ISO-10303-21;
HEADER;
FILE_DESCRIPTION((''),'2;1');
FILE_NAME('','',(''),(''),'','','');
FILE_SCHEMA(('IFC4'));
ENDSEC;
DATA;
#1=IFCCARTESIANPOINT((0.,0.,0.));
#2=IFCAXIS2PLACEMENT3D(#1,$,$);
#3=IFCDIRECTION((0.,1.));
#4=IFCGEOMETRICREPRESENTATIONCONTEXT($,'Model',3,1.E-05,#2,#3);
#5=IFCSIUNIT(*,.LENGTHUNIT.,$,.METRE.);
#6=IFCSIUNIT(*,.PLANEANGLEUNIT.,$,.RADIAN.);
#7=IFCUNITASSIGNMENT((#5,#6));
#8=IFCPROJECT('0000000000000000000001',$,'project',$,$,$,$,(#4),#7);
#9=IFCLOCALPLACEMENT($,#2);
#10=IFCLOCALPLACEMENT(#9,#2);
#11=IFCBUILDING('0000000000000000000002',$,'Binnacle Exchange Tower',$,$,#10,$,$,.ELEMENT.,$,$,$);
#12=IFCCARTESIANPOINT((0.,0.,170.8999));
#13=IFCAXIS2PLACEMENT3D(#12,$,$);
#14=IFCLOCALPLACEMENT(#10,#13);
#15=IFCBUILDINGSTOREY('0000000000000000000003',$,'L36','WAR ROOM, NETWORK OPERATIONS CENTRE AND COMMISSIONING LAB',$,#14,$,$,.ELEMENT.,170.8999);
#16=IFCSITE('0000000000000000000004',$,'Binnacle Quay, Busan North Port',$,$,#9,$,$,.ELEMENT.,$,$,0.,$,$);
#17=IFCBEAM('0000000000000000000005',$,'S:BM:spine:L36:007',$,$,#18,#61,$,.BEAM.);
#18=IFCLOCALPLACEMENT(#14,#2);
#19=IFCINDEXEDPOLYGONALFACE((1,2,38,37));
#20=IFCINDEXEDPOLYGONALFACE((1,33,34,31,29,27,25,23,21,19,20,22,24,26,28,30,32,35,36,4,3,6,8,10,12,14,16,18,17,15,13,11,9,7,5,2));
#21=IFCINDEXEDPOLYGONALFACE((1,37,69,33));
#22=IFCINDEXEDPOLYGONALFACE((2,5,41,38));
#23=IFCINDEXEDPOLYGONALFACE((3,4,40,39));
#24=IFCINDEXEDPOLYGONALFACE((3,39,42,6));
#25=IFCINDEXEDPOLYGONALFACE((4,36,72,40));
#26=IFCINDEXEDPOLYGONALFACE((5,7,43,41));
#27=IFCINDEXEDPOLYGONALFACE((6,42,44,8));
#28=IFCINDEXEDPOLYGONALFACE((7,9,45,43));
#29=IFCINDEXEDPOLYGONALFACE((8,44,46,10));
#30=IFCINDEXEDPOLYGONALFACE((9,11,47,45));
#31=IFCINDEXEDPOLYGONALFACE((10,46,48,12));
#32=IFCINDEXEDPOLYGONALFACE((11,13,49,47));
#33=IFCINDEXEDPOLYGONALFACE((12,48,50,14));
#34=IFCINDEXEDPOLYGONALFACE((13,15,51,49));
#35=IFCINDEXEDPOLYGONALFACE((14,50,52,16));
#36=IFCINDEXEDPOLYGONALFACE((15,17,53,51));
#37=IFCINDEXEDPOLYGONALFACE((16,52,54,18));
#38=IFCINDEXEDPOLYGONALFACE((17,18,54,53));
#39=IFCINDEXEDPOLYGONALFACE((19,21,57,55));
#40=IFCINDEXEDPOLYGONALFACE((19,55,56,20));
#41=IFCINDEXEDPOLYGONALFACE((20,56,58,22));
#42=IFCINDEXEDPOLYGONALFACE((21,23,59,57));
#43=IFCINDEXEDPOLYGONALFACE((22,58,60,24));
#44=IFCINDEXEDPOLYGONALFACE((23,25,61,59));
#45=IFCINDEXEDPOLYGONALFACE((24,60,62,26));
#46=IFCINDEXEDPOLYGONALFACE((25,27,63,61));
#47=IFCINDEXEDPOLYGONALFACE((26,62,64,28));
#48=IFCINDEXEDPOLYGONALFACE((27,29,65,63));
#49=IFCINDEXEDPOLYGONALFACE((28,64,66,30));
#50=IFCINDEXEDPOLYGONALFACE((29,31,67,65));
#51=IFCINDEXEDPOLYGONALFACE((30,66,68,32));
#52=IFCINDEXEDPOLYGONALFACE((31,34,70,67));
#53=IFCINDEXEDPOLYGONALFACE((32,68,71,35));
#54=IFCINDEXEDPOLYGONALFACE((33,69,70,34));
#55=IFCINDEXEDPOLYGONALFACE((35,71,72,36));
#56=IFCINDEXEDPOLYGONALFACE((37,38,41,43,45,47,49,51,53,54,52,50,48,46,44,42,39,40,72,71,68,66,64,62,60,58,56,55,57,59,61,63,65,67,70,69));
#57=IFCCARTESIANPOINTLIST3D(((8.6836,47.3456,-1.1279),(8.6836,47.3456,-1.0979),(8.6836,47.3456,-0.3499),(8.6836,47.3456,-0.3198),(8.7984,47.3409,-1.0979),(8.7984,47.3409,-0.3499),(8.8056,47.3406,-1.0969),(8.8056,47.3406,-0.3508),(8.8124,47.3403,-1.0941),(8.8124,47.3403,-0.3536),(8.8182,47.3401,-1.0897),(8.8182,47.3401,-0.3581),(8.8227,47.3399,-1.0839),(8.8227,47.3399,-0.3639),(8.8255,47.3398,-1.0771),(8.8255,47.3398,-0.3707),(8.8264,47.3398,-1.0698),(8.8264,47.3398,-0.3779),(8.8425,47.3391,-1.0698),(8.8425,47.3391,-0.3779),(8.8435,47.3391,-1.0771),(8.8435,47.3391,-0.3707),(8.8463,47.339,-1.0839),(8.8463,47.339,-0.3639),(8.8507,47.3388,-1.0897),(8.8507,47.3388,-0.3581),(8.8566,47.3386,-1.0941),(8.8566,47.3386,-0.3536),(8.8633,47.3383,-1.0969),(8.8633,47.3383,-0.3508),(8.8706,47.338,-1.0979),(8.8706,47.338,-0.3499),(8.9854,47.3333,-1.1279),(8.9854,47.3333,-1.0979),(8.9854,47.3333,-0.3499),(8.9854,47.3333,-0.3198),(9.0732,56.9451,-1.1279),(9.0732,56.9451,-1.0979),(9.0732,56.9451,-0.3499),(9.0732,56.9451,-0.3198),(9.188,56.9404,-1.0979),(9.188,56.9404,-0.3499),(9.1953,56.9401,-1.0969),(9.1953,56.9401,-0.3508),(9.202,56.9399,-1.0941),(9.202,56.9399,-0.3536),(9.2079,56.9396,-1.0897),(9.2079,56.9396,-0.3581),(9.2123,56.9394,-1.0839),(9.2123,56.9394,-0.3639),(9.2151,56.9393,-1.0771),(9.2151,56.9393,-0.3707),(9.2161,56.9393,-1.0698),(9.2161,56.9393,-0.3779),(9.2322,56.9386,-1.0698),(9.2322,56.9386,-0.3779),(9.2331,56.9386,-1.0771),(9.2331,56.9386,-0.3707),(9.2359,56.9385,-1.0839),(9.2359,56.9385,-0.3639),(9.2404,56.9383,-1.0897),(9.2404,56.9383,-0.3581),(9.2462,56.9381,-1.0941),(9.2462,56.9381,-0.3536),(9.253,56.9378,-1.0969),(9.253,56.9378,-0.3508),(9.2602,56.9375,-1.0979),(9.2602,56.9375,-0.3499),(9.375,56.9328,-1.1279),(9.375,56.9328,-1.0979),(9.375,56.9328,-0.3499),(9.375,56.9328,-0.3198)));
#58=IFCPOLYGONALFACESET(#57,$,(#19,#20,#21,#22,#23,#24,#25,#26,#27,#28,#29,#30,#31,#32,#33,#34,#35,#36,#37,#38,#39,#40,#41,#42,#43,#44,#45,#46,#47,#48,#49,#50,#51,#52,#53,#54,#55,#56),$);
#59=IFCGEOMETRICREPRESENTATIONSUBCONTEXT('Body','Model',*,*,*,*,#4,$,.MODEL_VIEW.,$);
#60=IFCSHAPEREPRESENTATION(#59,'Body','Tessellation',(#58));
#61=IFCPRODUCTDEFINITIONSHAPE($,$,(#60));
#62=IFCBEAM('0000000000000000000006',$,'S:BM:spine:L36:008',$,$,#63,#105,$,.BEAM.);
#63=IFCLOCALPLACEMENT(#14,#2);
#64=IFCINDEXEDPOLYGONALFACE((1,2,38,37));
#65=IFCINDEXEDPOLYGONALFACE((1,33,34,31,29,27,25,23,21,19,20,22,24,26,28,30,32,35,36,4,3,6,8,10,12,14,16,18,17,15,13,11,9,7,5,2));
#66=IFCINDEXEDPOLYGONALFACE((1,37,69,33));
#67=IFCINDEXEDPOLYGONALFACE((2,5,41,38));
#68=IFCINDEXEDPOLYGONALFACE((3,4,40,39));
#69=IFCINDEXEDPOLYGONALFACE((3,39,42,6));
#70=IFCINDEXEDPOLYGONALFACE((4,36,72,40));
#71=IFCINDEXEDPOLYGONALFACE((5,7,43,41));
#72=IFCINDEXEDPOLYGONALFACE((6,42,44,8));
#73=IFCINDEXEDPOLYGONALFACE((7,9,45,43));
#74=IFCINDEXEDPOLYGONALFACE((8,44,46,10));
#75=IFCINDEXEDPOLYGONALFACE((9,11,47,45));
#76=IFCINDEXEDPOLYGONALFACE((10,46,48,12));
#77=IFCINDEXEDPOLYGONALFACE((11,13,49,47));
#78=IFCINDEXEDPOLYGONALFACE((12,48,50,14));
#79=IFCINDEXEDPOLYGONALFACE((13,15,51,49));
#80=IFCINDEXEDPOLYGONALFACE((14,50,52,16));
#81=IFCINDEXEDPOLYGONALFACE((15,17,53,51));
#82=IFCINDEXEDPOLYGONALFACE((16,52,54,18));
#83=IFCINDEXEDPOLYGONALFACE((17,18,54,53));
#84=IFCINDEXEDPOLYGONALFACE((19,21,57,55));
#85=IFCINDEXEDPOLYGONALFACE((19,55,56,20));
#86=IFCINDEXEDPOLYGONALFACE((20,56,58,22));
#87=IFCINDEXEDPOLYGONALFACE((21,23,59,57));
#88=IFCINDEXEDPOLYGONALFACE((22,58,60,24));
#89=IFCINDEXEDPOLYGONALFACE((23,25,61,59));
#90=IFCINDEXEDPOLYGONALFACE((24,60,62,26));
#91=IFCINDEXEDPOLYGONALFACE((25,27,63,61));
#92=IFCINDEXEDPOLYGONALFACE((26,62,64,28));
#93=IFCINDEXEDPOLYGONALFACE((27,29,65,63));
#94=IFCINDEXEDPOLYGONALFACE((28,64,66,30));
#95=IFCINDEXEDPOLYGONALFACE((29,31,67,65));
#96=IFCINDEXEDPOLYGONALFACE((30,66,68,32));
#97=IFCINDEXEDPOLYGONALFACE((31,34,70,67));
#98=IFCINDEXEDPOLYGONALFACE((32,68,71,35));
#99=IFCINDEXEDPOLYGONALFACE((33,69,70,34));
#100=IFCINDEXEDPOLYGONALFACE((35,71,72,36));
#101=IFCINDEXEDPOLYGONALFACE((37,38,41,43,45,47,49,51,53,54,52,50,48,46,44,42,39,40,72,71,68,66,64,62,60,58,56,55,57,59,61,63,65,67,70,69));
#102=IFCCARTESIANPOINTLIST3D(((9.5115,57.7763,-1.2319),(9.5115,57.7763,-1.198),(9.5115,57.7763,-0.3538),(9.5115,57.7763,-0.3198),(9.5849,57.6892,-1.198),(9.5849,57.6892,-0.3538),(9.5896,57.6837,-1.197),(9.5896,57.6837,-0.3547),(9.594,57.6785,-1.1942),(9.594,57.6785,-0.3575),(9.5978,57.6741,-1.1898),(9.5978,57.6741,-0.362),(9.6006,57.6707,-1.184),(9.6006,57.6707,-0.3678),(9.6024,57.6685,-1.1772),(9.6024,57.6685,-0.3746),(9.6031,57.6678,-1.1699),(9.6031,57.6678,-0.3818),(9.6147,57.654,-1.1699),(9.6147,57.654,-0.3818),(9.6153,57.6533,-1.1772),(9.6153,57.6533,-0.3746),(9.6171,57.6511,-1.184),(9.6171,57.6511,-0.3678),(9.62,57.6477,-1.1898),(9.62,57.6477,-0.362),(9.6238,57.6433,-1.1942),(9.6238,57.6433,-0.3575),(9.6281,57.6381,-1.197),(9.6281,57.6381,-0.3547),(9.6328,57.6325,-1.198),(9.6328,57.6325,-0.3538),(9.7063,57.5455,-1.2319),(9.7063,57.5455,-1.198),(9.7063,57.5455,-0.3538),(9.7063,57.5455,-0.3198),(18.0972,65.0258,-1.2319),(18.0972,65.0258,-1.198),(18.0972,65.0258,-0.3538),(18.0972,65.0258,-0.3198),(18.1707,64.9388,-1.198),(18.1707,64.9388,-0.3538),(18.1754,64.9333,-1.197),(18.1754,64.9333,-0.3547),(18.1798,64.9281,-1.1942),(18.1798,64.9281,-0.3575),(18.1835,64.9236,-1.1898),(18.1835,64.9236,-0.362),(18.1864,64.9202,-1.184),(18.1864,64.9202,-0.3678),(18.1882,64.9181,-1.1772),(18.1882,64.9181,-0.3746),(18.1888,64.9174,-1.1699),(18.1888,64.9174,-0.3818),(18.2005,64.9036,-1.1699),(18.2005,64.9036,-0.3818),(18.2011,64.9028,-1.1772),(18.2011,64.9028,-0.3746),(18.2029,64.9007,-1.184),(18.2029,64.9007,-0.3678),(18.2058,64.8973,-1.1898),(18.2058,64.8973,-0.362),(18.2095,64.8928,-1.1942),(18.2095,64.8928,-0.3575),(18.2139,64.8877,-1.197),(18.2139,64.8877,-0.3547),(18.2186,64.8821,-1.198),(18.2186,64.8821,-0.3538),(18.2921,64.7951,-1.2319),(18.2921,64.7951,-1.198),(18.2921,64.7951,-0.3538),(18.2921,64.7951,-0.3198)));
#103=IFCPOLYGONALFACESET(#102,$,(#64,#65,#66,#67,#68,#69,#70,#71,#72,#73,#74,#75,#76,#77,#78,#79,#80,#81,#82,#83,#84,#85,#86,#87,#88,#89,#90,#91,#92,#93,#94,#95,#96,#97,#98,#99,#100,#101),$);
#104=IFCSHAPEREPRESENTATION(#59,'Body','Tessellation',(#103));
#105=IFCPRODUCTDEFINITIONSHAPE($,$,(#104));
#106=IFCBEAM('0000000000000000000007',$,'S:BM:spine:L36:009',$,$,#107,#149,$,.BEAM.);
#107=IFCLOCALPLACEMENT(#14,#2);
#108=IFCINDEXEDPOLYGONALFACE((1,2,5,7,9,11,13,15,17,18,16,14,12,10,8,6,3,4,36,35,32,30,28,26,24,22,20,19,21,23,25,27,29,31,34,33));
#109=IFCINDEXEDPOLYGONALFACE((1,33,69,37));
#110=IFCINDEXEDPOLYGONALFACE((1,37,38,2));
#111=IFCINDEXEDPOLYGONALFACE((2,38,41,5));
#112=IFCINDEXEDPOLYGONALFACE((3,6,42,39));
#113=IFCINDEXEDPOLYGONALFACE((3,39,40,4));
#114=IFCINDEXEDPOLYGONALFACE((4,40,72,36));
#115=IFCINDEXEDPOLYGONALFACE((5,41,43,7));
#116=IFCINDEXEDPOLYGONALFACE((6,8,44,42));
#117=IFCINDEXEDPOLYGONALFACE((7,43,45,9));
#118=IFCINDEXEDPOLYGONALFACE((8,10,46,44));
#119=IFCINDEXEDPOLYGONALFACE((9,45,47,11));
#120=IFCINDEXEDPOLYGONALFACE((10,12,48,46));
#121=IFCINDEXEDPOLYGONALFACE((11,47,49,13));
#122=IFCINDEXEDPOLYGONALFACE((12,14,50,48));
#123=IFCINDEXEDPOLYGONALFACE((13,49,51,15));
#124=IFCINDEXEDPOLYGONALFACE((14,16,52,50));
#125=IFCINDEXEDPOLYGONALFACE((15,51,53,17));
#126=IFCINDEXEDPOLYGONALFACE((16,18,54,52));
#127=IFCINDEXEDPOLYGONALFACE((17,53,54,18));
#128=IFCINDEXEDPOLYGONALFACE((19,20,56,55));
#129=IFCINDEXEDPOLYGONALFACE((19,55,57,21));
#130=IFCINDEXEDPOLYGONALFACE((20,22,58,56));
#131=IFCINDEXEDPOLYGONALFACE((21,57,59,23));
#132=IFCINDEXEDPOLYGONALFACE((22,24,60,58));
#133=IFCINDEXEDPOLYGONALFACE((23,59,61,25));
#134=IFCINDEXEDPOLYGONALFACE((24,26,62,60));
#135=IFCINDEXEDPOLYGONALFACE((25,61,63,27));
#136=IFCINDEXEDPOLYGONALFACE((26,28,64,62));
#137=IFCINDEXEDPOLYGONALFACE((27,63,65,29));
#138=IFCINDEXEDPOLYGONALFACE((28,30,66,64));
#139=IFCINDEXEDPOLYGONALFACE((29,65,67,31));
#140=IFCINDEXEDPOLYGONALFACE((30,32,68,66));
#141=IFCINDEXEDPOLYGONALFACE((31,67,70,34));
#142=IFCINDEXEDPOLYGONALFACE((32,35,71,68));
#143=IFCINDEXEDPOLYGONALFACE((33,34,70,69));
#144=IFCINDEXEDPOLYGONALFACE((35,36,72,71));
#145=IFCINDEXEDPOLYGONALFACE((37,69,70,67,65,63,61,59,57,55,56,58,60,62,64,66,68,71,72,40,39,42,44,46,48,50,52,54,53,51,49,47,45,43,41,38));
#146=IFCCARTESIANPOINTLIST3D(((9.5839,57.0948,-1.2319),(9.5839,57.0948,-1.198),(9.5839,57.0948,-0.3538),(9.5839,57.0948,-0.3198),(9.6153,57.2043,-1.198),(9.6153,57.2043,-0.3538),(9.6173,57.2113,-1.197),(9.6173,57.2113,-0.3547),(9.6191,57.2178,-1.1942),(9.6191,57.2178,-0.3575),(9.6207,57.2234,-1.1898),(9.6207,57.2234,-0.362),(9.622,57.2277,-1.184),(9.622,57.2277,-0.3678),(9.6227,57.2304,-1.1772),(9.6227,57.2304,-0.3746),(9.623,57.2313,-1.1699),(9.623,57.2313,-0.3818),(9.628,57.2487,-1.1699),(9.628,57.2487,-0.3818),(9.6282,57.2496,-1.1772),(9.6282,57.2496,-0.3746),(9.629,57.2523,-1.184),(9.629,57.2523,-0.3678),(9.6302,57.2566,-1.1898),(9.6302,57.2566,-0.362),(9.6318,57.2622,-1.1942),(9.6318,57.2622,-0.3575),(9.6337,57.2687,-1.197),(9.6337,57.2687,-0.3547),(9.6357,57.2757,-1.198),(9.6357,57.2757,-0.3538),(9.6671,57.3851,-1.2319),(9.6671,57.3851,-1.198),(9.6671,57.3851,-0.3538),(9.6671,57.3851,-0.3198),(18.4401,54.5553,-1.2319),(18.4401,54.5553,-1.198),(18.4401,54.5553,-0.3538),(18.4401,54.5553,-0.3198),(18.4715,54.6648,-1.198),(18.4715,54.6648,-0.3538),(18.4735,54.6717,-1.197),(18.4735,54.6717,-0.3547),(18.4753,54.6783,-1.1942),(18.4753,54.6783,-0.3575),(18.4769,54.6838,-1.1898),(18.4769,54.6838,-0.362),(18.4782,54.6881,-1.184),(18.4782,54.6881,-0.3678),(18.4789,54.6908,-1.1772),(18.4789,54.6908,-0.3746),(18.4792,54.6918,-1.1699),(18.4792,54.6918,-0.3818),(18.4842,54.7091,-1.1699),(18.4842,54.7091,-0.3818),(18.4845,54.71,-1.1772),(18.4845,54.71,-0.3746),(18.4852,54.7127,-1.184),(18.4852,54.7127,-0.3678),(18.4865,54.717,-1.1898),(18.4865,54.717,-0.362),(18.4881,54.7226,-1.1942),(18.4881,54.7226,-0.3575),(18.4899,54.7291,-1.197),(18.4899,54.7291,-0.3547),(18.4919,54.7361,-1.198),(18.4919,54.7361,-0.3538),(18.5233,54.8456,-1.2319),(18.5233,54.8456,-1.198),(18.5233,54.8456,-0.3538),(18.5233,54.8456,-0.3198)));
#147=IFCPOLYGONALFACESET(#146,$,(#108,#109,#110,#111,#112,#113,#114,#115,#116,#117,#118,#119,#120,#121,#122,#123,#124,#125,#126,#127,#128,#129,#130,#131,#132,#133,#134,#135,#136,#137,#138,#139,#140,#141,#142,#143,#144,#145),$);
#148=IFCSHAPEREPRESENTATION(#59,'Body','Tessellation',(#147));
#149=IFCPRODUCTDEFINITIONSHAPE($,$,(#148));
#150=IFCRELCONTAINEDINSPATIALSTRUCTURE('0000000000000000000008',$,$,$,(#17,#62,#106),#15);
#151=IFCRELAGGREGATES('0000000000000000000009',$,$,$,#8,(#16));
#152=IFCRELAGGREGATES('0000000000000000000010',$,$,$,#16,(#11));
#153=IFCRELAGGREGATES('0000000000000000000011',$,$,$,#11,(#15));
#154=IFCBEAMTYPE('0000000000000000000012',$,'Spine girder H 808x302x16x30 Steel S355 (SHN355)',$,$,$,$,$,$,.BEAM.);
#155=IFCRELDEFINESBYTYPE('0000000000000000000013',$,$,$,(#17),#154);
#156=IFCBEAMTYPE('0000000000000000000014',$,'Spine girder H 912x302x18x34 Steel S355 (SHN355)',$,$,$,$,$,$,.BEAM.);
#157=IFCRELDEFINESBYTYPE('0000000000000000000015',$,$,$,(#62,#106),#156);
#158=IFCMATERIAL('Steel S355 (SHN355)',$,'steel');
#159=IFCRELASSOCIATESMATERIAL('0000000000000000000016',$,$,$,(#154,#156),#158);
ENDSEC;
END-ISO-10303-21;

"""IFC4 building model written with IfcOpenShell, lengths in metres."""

from ifc_helpers import new_model, si_unit, direction, frame, origin, origin_2d, place, context, subcontext, project, spatial, i_section, extrude, material, material_profile, profile_set, type_object, element, save


model = new_model("IFC4")

# Units and contexts
model_context = context("Model", 3, precision=1e-05, world=origin(), true_north=direction((0.0, 1.0)))
body_context = subcontext(model_context, "Body", "Model", "MODEL_VIEW")
ifc_project = project(units=[si_unit("LENGTHUNIT", "METRE"), si_unit("PLANEANGLEUNIT", "RADIAN")], contexts=[model_context])

# Site, building, storey
site_placement = place(None, origin())
site = spatial("IfcSite", under=ifc_project, at=site_placement, Name="Binnacle Quay, Busan North Port", CompositionType="ELEMENT", RefElevation=0.0)
building_placement = place(site_placement, origin())
building = spatial("IfcBuilding", under=site, at=building_placement, Name="Binnacle Exchange Tower", CompositionType="ELEMENT")
storey_placement = place(building_placement, frame((0.0, 0.0, 170.8999)))
storey = spatial("IfcBuildingStorey", under=building, at=storey_placement, Name="L36", Description="WAR ROOM, NETWORK OPERATIONS CENTRE AND COMMISSIONING LAB", CompositionType="ELEMENT", Elevation=170.8999)

# Beams
ifc_material_1 = material(Name="Steel S355 (SHN355)", Category="steel")
ifc_material_profile_1 = material_profile(ifc_material_1, i_section(OverallWidth=0.302, OverallDepth=0.8081, WebThickness=0.0161, FlangeThickness=0.03, FilletRadius=0.0281, at=origin_2d()), Name="H 808x302x16x30")
ifc_profile_set_1 = profile_set([ifc_material_profile_1], Name="Steel S355 (SHN355)")
beam_type_1 = type_object("IfcBeamType", Name="Spine girder H 808x302x16x30 Steel S355 (SHN355)", PredefinedType="BEAM", material=ifc_profile_set_1)
beam_1_placement = place(storey_placement, frame((9.2241, 56.939, -0.7239), z_axis=(-0.040557, -0.999177, 0.0), x_axis=(0.999177, -0.040557, 0.0)))
element("IfcBeam", 1, at=beam_1_placement, inside=storey, type_object=beam_type_1, Name="S:BM:spine:L36:007", PredefinedType="BEAM", context=body_context, shape_type="SweptSolid", body=[
    extrude(i_section(OverallWidth=0.302, OverallDepth=0.8081, WebThickness=0.0161, FlangeThickness=0.03, FilletRadius=0.0281, at=origin_2d()), origin(), (0.0, 0.0, 1.0), 9.6074),
])
ifc_material_profile_2 = material_profile(ifc_material_1, i_section(OverallWidth=0.302, OverallDepth=0.9121, WebThickness=0.0181, FlangeThickness=0.0339, FilletRadius=0.0281, at=origin_2d()), Name="H 912x302x18x34")
ifc_profile_set_2 = profile_set([ifc_material_profile_2], Name="Steel S355 (SHN355)")
beam_type_2 = type_object("IfcBeamType", Name="Spine girder H 912x302x18x34 Steel S355 (SHN355)", PredefinedType="BEAM", material=ifc_profile_set_2)
beam_2_placement = place(storey_placement, frame((9.6089, 57.6609, -0.7759), z_axis=(0.764058, 0.645148, 0.0), x_axis=(-0.645148, 0.764058, 0.0)))
element("IfcBeam", 2, at=beam_2_placement, inside=storey, type_object=beam_type_2, Name="S:BM:spine:L36:008", PredefinedType="BEAM", context=body_context, shape_type="SweptSolid", body=[
    extrude(i_section(OverallWidth=0.302, OverallDepth=0.9121, WebThickness=0.0181, FlangeThickness=0.0339, FilletRadius=0.0281, at=origin_2d()), origin(), (0.0, 0.0, 1.0), 11.2371),
])
beam_3_placement = place(storey_placement, frame((9.6255, 57.24, -0.7759), z_axis=(0.96126, -0.275645, 0.0), x_axis=(0.275645, 0.96126, 0.0)))
element("IfcBeam", 3, at=beam_3_placement, inside=storey, type_object=beam_type_2, Name="S:BM:spine:L36:009", PredefinedType="BEAM", context=body_context, shape_type="SweptSolid", body=[
    extrude(i_section(OverallWidth=0.302, OverallDepth=0.9121, WebThickness=0.0181, FlangeThickness=0.0339, FilletRadius=0.0281, at=origin_2d()), origin(), (0.0, 0.0, 1.0), 9.2131),
])

save(model, "model.ifc")
